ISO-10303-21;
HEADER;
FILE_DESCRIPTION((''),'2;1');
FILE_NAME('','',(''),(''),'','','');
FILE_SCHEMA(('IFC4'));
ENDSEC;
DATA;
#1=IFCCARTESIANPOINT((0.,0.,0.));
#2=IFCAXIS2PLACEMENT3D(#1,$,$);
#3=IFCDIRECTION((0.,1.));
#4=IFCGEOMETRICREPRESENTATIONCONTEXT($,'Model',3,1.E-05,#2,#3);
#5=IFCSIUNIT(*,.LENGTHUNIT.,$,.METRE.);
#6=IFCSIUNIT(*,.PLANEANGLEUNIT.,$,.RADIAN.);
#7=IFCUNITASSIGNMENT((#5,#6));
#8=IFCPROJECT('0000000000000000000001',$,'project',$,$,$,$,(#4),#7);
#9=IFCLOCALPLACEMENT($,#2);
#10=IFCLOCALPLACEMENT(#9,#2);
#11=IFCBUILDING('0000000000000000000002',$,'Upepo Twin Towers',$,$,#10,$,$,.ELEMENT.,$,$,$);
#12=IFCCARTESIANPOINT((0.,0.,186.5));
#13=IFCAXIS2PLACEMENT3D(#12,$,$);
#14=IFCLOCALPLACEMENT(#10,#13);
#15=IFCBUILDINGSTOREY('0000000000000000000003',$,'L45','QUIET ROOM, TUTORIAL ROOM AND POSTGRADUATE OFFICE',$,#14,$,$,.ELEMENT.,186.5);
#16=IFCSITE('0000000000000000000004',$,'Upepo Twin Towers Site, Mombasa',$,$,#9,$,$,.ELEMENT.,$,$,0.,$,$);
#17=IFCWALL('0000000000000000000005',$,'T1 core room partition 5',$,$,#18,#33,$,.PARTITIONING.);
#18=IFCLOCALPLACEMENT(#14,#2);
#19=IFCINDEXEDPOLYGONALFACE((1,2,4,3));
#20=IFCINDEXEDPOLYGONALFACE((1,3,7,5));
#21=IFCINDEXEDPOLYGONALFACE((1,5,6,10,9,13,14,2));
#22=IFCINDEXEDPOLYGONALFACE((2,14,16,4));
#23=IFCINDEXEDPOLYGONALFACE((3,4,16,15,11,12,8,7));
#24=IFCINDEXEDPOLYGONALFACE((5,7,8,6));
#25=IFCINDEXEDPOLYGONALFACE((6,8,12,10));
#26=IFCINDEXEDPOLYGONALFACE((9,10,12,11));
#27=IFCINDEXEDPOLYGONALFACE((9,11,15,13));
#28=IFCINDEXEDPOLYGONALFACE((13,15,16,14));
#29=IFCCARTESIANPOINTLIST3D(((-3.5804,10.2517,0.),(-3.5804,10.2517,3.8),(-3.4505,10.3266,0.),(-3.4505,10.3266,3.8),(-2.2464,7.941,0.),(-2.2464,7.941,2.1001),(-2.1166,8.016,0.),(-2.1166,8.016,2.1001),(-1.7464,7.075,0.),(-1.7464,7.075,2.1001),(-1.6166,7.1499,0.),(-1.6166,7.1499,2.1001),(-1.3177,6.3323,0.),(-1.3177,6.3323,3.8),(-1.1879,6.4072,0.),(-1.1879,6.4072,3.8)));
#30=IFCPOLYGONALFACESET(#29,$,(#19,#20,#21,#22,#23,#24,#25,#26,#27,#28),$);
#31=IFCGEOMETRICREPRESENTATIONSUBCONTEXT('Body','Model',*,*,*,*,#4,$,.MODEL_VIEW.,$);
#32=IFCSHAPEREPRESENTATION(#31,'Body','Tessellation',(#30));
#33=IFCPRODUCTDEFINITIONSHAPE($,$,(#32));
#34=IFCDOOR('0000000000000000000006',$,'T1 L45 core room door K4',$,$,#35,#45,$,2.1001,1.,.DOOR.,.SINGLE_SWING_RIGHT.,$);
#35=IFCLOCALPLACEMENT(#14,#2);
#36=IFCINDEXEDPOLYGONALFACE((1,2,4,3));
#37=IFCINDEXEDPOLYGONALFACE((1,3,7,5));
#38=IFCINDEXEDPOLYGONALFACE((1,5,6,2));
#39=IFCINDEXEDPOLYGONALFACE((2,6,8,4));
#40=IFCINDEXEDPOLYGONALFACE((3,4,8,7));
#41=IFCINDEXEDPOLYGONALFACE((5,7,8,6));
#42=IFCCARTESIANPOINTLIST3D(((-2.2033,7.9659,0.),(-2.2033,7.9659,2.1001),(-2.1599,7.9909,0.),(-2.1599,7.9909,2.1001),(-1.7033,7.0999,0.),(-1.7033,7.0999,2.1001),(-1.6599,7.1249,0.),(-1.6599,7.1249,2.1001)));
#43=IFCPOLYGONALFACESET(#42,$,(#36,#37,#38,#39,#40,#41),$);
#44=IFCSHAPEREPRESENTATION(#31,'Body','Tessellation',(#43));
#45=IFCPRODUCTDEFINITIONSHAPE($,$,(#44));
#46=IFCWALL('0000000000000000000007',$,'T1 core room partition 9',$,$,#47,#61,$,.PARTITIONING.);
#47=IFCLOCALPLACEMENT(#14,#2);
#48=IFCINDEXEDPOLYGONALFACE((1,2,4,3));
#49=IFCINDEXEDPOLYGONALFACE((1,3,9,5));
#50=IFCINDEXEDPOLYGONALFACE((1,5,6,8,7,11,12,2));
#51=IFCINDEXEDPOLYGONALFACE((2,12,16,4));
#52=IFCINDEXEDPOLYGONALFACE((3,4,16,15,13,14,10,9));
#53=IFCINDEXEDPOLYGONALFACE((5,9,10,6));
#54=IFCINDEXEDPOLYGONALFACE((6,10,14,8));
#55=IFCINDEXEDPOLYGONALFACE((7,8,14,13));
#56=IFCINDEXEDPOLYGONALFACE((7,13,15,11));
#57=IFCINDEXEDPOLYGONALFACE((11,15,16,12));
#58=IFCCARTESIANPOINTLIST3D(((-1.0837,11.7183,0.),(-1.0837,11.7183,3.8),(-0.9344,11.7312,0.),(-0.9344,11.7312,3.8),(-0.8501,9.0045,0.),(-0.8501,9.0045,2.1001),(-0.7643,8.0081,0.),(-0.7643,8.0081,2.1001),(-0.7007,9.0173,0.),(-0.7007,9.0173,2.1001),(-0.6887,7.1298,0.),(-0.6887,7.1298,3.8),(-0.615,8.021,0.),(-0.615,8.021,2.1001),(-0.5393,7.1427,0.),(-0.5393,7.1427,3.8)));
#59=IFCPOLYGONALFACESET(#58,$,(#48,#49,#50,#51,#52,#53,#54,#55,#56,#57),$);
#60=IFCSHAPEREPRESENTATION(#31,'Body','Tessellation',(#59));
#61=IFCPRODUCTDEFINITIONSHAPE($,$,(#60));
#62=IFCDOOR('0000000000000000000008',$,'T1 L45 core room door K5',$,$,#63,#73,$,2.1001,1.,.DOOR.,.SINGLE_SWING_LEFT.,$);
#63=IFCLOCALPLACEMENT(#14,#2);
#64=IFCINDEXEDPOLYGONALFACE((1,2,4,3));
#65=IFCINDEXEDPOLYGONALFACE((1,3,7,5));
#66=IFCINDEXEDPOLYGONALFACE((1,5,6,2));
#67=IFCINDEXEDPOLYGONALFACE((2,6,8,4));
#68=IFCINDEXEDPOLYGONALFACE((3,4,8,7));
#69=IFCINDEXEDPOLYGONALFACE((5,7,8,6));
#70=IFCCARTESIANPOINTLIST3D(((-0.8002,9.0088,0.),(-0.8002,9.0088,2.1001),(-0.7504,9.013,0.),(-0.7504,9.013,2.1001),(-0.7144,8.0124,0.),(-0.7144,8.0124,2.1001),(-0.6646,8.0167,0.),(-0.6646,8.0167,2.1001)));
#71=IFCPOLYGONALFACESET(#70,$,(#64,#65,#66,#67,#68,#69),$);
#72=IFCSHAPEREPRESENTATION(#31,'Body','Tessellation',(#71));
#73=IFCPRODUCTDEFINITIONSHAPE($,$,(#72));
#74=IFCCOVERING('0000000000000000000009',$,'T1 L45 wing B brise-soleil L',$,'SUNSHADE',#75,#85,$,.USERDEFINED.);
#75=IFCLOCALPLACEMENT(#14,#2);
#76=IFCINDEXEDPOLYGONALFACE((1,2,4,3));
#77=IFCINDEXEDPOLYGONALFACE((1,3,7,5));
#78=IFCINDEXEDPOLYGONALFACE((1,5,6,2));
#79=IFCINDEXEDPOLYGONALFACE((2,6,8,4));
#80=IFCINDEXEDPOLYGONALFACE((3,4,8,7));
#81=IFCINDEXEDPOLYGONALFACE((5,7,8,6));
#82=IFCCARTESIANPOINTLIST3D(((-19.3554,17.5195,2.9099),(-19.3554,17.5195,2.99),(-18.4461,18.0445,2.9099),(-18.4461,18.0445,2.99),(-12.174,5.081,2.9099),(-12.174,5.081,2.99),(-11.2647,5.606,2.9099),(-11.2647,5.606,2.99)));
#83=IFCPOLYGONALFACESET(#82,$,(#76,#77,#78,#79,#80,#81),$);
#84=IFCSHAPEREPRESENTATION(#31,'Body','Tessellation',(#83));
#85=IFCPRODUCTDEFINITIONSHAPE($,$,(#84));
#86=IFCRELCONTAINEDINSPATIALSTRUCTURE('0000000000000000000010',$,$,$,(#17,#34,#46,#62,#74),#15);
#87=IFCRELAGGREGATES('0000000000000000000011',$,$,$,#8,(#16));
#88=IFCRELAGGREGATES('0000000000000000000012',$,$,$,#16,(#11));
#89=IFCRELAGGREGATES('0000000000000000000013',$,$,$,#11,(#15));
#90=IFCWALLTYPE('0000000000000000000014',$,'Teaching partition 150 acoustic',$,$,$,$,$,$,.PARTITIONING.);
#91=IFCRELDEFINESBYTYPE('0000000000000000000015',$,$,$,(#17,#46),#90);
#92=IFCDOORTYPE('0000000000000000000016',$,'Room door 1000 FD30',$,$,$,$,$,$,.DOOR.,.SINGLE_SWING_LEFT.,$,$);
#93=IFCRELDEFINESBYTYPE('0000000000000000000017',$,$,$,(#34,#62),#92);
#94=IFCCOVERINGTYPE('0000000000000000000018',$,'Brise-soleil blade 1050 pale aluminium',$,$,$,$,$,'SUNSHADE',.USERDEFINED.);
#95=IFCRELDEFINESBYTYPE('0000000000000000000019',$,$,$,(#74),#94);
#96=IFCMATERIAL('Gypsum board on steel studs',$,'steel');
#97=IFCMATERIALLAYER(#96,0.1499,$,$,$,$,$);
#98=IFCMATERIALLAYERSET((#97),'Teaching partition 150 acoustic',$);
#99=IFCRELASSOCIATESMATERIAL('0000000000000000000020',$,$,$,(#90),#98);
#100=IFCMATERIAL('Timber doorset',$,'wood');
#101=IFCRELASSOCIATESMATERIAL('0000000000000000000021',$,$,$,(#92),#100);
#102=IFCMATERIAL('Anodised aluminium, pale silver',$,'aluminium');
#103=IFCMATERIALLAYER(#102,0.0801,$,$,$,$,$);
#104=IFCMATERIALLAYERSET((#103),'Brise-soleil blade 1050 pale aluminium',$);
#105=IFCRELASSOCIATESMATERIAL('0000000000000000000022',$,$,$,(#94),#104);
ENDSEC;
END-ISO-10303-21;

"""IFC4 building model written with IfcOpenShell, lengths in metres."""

from ifc_helpers import new_model, si_unit, direction, frame, frame_2d, origin, origin_2d, place, context, subcontext, project, spatial, rectangle, extrude, material, layer, layer_set, type_object, element, fill, save


model = new_model("IFC4")

# Units and contexts
model_context = context("Model", 3, precision=1e-05, world=origin(), true_north=direction((0.0, 1.0)))
body_context = subcontext(model_context, "Body", "Model", "MODEL_VIEW")
ifc_project = project(units=[si_unit("LENGTHUNIT", "METRE"), si_unit("PLANEANGLEUNIT", "RADIAN")], contexts=[model_context])

# Site, building, storey
site_placement = place(None, origin())
site = spatial("IfcSite", under=ifc_project, at=site_placement, Name="Upepo Twin Towers Site, Mombasa", CompositionType="ELEMENT", RefElevation=0.0)
building_placement = place(site_placement, origin())
building = spatial("IfcBuilding", under=site, at=building_placement, Name="Upepo Twin Towers", CompositionType="ELEMENT")
storey_placement = place(building_placement, frame((0.0, 0.0, 186.5)))
storey = spatial("IfcBuildingStorey", under=building, at=storey_placement, Name="L45", Description="QUIET ROOM, TUTORIAL ROOM AND POSTGRADUATE OFFICE", CompositionType="ELEMENT", Elevation=186.5)

# Walls, openings, doors
ifc_material_1 = material(Name="Gypsum board on steel studs", Category="steel")
ifc_layer_1 = layer(ifc_material_1, 0.1499)
ifc_layer_set_1 = layer_set([ifc_layer_1], Name="Teaching partition 150 acoustic")
wall_type_1 = type_object("IfcWallType", Name="Teaching partition 150 acoustic", PredefinedType="PARTITIONING", material=ifc_layer_set_1)
wall_1_placement = place(storey_placement, frame((-3.5154, 10.2891, 0.0), z_axis=(0.0, 0.0, 1.0), x_axis=(0.499968, -0.866044, 0.0)))
wall_1 = element("IfcWall", 1, at=wall_1_placement, inside=storey, type_object=wall_type_1, Name="T1 core room partition 5", PredefinedType="PARTITIONING", context=body_context, shape_type="SweptSolid", body=[
    extrude(rectangle(XDim=4.5256, YDim=0.1499, at=frame_2d((2.2627, 0.0))), origin(), (0.0, 0.0, 1.0), 3.8),
])
opening_1_placement = place(wall_1_placement, frame((2.668, 0.0, 0.0)))
opening_1 = element("IfcOpeningElement", 2, at=opening_1_placement, cuts=wall_1, PredefinedType="OPENING", context=body_context, shape_type="SweptSolid", body=[
    extrude(rectangle(XDim=1.0, YDim=2.1001, at=frame_2d((0.5, 1.05))), frame((0.0, 0.085, 0.0), z_axis=(0.0, -1.0, 0.0), x_axis=(1.0, 0.0, 0.0)), (0.0, 0.0, 1.0), 0.1699),
])
ifc_material_2 = material(Name="Timber doorset", Category="wood")
door_type_1 = type_object("IfcDoorType", Name="Room door 1000 FD30", OperationType="SINGLE_SWING_LEFT", PredefinedType="DOOR", material=ifc_material_2)
door_1_placement = place(opening_1_placement, origin())
door_1 = element("IfcDoor", 3, at=door_1_placement, inside=storey, type_object=door_type_1, Name="T1 L45 core room door K4", OperationType="SINGLE_SWING_RIGHT", OverallHeight=2.1001, OverallWidth=1.0, PredefinedType="DOOR", context=body_context, shape_type="SweptSolid", body=[
    extrude(rectangle(XDim=1.0, YDim=2.1001, at=frame_2d((0.5, 1.05))), frame((0.0, 0.0249, 0.0), z_axis=(0.0, -1.0, 0.0), x_axis=(1.0, 0.0, 0.0)), (0.0, 0.0, 1.0), 0.05),
])
fill(opening_1, door_1)
wall_2_placement = place(storey_placement, frame((-0.614, 7.1362, 0.0), z_axis=(0.0, 0.0, 1.0), x_axis=(-0.085774, 0.996315, 0.0)))
wall_2 = element("IfcWall", 4, at=wall_2_placement, inside=storey, type_object=wall_type_1, Name="T1 core room partition 9", PredefinedType="PARTITIONING", context=body_context, shape_type="SweptSolid", body=[
    extrude(rectangle(XDim=4.6055, YDim=0.1499, at=frame_2d((2.3027, 0.0))), origin(), (0.0, 0.0, 1.0), 3.8),
])
opening_2_placement = place(wall_2_placement, frame((0.8816, 0.0, 0.0)))
opening_2 = element("IfcOpeningElement", 5, at=opening_2_placement, cuts=wall_2, PredefinedType="OPENING", context=body_context, shape_type="SweptSolid", body=[
    extrude(rectangle(XDim=1.0, YDim=2.1001, at=frame_2d((0.5, 1.05))), frame((0.0, 0.085, 0.0), z_axis=(0.0, -1.0, 0.0), x_axis=(1.0, 0.0, 0.0)), (0.0, 0.0, 1.0), 0.1699),
])
door_2_placement = place(opening_2_placement, origin())
door_2 = element("IfcDoor", 6, at=door_2_placement, inside=storey, type_object=door_type_1, Name="T1 L45 core room door K5", OperationType="SINGLE_SWING_LEFT", OverallHeight=2.1001, OverallWidth=1.0, PredefinedType="DOOR", context=body_context, shape_type="SweptSolid", body=[
    extrude(rectangle(XDim=1.0, YDim=2.1001, at=frame_2d((0.5, 1.05))), frame((0.0, 0.0249, 0.0), z_axis=(0.0, -1.0, 0.0), x_axis=(1.0, 0.0, 0.0)), (0.0, 0.0, 1.0), 0.05),
])
fill(opening_2, door_2)

# Covering
ifc_material_3 = material(Name="Anodised aluminium, pale silver", Category="aluminium")
ifc_layer_2 = layer(ifc_material_3, 0.0801)
ifc_layer_set_2 = layer_set([ifc_layer_2], Name="Brise-soleil blade 1050 pale aluminium")
covering_type = type_object("IfcCoveringType", Name="Brise-soleil blade 1050 pale aluminium", ElementType="SUNSHADE", PredefinedType="USERDEFINED", material=ifc_layer_set_2)
covering_placement = place(storey_placement, frame((-15.3101, 11.5627, 2.9099), z_axis=(0.0, 0.0, 1.0), x_axis=(-0.5, 0.866025, 0.0)))
element("IfcCovering", 7, at=covering_placement, inside=storey, type_object=covering_type, Name="T1 L45 wing B brise-soleil L", ObjectType="SUNSHADE", PredefinedType="USERDEFINED", context=body_context, shape_type="SweptSolid", body=[
    extrude(rectangle(XDim=14.3628, YDim=1.05, at=origin_2d()), origin(), (0.0, 0.0, 1.0), 0.0801),
])

save(model, "model.ifc")
